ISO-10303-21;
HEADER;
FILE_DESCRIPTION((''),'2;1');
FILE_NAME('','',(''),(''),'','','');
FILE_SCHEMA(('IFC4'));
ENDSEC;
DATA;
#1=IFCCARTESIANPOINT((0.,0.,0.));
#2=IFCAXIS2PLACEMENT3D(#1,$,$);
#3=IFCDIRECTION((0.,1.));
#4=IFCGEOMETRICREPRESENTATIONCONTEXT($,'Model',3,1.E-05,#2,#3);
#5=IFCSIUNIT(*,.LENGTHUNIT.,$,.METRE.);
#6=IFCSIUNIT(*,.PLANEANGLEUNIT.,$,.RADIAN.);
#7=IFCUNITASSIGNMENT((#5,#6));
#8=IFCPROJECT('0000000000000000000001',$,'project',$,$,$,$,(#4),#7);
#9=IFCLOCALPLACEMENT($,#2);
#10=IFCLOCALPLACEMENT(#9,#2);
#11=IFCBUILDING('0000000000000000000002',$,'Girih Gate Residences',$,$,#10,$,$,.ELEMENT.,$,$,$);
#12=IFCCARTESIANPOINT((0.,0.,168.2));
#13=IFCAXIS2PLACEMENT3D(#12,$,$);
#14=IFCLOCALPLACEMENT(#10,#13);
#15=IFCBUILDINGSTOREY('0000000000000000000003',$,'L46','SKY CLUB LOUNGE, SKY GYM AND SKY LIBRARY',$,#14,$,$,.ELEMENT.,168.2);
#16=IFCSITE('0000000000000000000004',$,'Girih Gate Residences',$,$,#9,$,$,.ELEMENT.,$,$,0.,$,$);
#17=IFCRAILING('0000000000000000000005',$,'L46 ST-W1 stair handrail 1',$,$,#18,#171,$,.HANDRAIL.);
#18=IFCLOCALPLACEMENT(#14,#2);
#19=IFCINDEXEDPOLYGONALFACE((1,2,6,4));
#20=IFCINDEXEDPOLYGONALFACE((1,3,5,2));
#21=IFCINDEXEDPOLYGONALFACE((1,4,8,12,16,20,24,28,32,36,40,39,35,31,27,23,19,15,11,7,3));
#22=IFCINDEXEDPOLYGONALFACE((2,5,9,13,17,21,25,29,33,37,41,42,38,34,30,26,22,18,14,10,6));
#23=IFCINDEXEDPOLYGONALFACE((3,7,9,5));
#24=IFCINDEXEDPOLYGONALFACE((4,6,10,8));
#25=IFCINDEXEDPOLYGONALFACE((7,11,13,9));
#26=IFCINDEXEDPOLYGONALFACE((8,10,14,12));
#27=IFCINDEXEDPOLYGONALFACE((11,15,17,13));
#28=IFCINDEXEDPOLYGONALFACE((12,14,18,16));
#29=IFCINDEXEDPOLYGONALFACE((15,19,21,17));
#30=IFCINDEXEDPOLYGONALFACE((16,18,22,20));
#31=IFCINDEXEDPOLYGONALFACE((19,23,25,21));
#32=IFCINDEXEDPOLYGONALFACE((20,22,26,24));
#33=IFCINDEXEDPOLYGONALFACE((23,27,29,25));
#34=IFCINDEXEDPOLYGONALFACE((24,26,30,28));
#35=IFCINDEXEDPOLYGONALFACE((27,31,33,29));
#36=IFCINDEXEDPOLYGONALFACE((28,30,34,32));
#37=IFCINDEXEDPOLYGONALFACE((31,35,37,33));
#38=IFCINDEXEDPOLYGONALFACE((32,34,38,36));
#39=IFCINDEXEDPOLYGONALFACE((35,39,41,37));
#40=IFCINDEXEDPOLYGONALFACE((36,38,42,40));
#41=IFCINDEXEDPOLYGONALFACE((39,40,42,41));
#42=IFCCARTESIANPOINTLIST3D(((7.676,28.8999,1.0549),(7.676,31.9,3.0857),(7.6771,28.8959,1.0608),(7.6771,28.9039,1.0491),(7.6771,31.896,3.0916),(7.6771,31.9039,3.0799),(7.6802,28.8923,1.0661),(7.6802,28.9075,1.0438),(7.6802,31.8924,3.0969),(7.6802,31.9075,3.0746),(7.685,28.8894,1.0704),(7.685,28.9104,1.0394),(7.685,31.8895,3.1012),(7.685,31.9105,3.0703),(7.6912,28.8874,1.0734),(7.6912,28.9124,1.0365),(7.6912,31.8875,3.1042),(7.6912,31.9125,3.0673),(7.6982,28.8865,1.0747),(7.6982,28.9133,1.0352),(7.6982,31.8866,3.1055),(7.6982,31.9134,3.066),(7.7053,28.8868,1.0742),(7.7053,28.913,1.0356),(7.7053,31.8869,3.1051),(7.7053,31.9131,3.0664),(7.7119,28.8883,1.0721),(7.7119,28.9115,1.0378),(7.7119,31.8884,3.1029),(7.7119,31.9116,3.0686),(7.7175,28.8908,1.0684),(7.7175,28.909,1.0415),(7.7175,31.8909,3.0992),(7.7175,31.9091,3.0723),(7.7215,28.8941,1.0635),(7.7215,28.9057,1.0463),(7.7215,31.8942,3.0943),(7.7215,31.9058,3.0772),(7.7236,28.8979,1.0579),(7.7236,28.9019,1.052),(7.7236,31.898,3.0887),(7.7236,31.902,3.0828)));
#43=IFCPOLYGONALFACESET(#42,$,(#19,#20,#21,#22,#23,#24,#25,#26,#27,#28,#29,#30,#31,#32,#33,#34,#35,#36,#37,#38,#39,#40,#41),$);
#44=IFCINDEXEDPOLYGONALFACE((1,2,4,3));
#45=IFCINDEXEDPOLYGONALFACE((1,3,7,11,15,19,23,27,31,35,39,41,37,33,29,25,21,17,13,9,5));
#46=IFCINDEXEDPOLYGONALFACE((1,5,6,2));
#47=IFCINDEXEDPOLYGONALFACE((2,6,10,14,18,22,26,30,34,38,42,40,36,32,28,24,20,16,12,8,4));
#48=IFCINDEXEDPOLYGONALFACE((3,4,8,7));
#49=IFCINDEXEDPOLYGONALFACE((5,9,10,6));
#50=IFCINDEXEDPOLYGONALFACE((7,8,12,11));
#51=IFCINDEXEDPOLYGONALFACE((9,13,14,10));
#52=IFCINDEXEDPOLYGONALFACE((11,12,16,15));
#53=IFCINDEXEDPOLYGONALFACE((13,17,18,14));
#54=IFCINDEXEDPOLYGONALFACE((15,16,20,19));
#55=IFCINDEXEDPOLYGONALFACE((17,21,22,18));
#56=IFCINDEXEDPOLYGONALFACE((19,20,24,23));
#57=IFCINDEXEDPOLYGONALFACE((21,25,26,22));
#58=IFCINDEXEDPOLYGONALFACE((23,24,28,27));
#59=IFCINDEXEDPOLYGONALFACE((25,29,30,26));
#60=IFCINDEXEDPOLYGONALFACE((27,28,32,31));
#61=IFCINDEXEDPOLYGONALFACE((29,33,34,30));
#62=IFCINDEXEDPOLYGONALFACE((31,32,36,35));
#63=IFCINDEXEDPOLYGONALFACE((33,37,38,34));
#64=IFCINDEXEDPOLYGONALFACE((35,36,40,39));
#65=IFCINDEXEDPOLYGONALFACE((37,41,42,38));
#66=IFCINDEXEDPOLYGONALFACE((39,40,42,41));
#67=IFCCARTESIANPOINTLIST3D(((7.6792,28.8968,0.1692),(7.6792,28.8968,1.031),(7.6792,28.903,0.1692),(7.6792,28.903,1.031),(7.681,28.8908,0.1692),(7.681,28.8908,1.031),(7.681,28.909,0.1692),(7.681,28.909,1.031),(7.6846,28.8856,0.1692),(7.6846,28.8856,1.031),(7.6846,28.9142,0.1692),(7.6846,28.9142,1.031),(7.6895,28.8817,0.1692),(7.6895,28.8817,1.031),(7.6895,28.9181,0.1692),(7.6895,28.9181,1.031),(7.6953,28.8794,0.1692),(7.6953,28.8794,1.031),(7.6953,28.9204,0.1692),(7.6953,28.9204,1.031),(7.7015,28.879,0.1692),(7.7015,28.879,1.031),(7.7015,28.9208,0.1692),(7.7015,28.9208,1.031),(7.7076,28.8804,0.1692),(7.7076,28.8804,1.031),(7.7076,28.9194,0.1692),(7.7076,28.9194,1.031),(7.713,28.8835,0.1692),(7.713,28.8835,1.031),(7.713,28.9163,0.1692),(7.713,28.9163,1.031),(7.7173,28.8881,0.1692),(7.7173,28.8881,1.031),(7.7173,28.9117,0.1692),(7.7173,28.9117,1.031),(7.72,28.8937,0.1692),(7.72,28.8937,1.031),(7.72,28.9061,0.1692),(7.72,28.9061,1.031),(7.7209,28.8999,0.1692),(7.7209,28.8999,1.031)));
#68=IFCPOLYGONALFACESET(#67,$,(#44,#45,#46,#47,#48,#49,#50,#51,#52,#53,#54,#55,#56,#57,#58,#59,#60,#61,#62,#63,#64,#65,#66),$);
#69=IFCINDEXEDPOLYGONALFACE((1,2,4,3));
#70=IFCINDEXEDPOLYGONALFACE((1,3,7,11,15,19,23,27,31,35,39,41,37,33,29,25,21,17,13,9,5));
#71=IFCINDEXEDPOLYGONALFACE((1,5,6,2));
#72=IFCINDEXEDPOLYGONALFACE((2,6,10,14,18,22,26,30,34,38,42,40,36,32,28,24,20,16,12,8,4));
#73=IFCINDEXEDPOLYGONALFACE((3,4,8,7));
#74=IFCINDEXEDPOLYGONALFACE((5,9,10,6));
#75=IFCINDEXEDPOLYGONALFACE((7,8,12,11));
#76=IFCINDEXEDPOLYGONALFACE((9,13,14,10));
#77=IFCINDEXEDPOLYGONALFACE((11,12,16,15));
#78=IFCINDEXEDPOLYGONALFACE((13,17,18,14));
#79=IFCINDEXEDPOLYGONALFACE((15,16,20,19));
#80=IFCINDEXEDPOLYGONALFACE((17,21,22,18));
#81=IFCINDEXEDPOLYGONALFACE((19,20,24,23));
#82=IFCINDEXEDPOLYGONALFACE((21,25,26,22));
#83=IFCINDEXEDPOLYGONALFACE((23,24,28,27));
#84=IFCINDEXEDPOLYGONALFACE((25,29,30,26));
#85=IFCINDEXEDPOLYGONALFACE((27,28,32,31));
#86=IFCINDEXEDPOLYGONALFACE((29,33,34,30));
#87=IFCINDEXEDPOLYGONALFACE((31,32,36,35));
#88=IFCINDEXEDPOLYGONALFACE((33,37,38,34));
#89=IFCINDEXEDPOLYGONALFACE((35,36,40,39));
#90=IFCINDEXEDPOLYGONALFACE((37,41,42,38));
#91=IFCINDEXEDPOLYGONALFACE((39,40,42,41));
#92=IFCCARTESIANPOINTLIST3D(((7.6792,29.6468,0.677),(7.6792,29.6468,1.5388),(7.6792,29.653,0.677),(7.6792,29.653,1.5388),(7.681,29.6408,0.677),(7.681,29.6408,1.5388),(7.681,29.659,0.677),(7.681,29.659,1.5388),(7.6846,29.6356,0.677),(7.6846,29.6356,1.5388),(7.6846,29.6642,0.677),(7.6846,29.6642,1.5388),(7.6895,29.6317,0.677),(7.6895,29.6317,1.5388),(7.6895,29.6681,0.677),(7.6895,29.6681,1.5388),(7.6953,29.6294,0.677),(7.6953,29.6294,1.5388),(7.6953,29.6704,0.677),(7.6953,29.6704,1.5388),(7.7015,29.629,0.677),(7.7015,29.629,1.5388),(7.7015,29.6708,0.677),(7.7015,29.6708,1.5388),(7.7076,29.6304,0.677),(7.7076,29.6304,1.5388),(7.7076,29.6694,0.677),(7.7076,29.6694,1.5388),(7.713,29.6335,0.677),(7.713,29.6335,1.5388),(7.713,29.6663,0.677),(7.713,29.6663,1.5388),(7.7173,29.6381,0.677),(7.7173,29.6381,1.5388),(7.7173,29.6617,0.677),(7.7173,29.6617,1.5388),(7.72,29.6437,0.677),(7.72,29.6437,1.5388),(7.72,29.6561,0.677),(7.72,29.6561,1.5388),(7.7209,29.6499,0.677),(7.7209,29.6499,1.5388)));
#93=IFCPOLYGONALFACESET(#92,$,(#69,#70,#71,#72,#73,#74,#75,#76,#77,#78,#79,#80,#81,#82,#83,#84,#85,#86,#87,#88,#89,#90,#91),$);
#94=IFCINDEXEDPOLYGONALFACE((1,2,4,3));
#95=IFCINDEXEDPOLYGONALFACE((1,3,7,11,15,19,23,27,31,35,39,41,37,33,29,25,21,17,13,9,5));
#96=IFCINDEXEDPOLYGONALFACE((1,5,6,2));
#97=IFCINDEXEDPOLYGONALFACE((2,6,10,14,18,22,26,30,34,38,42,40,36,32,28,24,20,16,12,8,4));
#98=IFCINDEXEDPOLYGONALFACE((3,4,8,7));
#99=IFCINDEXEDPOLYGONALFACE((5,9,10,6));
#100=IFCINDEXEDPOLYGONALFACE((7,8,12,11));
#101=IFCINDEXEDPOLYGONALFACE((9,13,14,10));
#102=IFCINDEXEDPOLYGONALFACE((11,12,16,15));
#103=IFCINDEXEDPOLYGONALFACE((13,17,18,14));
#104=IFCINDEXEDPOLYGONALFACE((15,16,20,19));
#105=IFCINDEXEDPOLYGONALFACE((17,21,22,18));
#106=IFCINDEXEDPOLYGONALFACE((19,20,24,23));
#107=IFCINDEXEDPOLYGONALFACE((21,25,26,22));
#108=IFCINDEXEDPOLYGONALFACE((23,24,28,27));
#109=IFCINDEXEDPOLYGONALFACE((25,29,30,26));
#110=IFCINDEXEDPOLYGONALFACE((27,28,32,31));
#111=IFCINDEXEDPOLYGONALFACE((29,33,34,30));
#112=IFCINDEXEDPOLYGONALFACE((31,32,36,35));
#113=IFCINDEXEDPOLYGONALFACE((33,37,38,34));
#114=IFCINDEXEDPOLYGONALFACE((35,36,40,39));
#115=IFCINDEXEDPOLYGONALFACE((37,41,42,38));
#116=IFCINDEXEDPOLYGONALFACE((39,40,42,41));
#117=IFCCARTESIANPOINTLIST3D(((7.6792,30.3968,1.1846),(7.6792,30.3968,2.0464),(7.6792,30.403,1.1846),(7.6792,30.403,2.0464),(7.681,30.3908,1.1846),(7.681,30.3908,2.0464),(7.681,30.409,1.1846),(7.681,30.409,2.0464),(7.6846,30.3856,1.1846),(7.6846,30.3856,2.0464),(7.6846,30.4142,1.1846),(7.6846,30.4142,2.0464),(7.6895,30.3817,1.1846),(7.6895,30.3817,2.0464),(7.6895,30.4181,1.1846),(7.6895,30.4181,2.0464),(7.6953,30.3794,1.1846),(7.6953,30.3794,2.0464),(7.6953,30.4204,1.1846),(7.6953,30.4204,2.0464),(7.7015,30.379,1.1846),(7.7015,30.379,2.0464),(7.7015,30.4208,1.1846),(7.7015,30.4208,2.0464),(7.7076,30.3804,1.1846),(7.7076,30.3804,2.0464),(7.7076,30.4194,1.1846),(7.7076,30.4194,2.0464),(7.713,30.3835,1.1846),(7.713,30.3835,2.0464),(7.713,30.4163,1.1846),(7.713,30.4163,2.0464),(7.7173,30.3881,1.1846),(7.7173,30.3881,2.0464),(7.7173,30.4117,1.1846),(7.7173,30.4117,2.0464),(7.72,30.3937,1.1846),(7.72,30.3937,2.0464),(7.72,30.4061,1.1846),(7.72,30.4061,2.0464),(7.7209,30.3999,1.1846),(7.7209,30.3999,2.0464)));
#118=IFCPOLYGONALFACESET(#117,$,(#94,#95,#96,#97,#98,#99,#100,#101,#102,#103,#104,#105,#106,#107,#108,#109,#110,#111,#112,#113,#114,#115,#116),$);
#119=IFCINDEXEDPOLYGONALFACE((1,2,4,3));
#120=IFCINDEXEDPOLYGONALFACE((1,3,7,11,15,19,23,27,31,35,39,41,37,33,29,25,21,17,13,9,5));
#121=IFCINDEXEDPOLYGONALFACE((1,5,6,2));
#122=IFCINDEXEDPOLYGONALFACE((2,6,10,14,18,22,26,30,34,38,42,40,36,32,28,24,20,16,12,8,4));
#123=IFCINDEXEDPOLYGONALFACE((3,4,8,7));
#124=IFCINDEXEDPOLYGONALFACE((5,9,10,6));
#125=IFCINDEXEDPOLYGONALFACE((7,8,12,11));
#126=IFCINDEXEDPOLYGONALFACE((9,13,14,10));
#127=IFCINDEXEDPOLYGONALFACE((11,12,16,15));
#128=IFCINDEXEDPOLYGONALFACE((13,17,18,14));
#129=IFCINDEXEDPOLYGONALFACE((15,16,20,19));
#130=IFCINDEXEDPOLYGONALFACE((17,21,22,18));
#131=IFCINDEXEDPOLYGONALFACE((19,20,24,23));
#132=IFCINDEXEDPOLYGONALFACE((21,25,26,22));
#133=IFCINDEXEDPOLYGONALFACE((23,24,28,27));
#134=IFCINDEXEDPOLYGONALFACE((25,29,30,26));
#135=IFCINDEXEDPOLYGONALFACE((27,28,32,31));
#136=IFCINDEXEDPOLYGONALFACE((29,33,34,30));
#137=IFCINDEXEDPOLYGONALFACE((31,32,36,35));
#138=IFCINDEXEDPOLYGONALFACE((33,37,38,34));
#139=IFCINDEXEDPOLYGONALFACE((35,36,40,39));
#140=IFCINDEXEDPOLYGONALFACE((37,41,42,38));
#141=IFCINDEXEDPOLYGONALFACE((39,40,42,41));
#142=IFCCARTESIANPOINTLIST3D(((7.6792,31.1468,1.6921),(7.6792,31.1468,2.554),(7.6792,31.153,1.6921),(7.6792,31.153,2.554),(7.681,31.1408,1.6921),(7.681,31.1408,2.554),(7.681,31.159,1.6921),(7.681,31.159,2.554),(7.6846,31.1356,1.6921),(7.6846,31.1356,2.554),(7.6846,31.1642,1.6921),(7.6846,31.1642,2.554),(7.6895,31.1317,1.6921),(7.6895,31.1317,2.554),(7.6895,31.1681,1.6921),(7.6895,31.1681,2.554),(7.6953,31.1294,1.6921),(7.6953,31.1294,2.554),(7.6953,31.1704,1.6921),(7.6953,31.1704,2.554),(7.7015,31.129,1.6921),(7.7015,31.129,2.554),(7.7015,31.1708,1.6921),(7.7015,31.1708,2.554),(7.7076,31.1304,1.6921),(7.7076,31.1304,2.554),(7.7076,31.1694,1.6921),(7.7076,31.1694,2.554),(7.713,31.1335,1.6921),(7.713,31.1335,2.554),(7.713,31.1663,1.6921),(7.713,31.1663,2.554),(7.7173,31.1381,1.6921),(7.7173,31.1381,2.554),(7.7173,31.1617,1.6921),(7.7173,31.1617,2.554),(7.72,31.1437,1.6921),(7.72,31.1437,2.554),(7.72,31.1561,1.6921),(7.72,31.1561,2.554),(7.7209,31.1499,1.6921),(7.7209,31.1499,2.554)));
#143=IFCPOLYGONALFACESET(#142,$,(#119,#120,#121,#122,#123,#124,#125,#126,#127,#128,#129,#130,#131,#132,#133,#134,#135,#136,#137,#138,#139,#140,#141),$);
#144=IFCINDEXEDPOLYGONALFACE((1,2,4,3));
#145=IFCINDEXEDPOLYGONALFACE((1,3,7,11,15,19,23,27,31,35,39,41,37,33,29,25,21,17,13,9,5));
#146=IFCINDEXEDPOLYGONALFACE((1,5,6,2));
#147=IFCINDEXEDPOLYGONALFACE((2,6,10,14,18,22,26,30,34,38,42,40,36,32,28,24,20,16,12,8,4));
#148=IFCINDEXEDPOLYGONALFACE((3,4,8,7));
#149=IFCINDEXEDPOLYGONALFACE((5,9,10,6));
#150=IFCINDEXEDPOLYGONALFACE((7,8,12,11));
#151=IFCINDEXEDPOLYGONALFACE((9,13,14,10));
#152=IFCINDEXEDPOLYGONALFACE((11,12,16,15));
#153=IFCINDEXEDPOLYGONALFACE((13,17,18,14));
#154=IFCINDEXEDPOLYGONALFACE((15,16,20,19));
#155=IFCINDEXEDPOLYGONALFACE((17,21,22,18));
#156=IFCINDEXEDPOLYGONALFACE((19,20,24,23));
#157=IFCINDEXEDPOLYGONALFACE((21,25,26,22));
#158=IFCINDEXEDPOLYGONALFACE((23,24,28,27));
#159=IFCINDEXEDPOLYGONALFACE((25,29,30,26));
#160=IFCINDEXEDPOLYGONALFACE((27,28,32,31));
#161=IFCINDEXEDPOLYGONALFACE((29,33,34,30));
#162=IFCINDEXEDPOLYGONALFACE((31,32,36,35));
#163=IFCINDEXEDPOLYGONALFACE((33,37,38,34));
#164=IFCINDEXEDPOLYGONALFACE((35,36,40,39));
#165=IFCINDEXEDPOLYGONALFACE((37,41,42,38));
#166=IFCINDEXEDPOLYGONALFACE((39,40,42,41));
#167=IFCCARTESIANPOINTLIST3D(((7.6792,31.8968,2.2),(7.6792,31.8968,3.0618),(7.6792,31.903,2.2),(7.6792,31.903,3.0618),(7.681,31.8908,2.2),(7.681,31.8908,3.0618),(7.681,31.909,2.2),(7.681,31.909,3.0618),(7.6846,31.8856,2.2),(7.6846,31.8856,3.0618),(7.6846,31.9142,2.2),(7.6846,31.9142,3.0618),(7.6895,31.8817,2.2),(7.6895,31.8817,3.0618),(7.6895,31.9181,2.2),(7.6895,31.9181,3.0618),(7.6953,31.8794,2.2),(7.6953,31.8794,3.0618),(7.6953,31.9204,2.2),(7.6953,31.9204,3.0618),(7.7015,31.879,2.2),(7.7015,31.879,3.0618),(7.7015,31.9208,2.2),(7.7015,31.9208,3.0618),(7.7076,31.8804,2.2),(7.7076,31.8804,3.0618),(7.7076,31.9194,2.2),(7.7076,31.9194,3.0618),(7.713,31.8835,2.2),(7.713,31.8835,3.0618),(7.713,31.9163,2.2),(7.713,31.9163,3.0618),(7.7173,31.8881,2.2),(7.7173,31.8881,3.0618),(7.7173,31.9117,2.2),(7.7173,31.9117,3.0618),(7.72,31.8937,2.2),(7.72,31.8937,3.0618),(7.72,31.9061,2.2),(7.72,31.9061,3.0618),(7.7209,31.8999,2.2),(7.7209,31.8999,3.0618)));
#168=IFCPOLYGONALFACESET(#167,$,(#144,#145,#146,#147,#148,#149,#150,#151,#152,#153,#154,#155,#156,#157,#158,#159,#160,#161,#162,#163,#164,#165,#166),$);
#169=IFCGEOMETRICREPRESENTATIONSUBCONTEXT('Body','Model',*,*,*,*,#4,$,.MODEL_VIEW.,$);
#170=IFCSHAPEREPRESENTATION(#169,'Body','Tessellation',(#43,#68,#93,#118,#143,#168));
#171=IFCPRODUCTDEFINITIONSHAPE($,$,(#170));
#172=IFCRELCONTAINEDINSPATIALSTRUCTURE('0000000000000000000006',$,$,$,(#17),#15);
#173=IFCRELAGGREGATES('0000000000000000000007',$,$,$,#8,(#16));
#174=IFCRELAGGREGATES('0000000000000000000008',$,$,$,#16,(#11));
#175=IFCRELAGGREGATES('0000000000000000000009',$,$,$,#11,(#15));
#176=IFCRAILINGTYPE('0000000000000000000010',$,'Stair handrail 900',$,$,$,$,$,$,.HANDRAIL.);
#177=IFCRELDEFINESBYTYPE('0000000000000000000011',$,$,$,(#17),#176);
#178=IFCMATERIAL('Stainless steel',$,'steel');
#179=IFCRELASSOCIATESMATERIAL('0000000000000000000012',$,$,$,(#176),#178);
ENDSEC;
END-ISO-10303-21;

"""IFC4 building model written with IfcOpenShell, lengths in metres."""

from ifc_helpers import new_model, si_unit, direction, frame, origin, origin_2d, place, context, subcontext, project, spatial, circle, extrude, material, type_object, element, save


model = new_model("IFC4")

# Units and contexts
model_context = context("Model", 3, precision=1e-05, world=origin(), true_north=direction((0.0, 1.0)))
body_context = subcontext(model_context, "Body", "Model", "MODEL_VIEW")
ifc_project = project(units=[si_unit("LENGTHUNIT", "METRE"), si_unit("PLANEANGLEUNIT", "RADIAN")], contexts=[model_context])

# Site, building, storey
site_placement = place(None, origin())
site = spatial("IfcSite", under=ifc_project, at=site_placement, Name="Girih Gate Residences", CompositionType="ELEMENT", RefElevation=0.0)
building_placement = place(site_placement, origin())
building = spatial("IfcBuilding", under=site, at=building_placement, Name="Girih Gate Residences", CompositionType="ELEMENT")
storey_placement = place(building_placement, frame((0.0, 0.0, 168.2)))
storey = spatial("IfcBuildingStorey", under=building, at=storey_placement, Name="L46", Description="SKY CLUB LOUNGE, SKY GYM AND SKY LIBRARY", CompositionType="ELEMENT", Elevation=168.2)

# Railing
ifc_material_1 = material(Name="Stainless steel", Category="steel")
railing_type_1 = type_object("IfcRailingType", Name="Stair handrail 900", PredefinedType="HANDRAIL", material=ifc_material_1)
railing_1_placement = place(storey_placement, frame((7.7, 28.8999, 0.1692)))
element("IfcRailing", 1, at=railing_1_placement, inside=storey, type_object=railing_type_1, Name="L46 ST-W1 stair handrail 1", PredefinedType="HANDRAIL", context=body_context, shape_type="SweptSolid", body=[
    extrude(circle(Radius=0.0239, at=origin_2d()), frame((0.0, 0.0, 0.8857), z_axis=(0.0, 0.82811, 0.560565), x_axis=(-1.0, 0.0, 0.0)), (0.0, 0.0, 1.0), 3.6228),
    extrude(circle(Radius=0.021, at=origin_2d()), origin(), (0.0, 0.0, 1.0), 0.8618),
    extrude(circle(Radius=0.021, at=origin_2d()), frame((0.0, 0.75, 0.5078)), (0.0, 0.0, 1.0), 0.8618),
    extrude(circle(Radius=0.021, at=origin_2d()), frame((0.0, 1.5, 1.0154)), (0.0, 0.0, 1.0), 0.8618),
    extrude(circle(Radius=0.021, at=origin_2d()), frame((0.0, 2.25, 1.5229)), (0.0, 0.0, 1.0), 0.8618),
    extrude(circle(Radius=0.021, at=origin_2d()), frame((0.0, 3.0, 2.0308)), (0.0, 0.0, 1.0), 0.8618),
])

save(model, "model.ifc")
